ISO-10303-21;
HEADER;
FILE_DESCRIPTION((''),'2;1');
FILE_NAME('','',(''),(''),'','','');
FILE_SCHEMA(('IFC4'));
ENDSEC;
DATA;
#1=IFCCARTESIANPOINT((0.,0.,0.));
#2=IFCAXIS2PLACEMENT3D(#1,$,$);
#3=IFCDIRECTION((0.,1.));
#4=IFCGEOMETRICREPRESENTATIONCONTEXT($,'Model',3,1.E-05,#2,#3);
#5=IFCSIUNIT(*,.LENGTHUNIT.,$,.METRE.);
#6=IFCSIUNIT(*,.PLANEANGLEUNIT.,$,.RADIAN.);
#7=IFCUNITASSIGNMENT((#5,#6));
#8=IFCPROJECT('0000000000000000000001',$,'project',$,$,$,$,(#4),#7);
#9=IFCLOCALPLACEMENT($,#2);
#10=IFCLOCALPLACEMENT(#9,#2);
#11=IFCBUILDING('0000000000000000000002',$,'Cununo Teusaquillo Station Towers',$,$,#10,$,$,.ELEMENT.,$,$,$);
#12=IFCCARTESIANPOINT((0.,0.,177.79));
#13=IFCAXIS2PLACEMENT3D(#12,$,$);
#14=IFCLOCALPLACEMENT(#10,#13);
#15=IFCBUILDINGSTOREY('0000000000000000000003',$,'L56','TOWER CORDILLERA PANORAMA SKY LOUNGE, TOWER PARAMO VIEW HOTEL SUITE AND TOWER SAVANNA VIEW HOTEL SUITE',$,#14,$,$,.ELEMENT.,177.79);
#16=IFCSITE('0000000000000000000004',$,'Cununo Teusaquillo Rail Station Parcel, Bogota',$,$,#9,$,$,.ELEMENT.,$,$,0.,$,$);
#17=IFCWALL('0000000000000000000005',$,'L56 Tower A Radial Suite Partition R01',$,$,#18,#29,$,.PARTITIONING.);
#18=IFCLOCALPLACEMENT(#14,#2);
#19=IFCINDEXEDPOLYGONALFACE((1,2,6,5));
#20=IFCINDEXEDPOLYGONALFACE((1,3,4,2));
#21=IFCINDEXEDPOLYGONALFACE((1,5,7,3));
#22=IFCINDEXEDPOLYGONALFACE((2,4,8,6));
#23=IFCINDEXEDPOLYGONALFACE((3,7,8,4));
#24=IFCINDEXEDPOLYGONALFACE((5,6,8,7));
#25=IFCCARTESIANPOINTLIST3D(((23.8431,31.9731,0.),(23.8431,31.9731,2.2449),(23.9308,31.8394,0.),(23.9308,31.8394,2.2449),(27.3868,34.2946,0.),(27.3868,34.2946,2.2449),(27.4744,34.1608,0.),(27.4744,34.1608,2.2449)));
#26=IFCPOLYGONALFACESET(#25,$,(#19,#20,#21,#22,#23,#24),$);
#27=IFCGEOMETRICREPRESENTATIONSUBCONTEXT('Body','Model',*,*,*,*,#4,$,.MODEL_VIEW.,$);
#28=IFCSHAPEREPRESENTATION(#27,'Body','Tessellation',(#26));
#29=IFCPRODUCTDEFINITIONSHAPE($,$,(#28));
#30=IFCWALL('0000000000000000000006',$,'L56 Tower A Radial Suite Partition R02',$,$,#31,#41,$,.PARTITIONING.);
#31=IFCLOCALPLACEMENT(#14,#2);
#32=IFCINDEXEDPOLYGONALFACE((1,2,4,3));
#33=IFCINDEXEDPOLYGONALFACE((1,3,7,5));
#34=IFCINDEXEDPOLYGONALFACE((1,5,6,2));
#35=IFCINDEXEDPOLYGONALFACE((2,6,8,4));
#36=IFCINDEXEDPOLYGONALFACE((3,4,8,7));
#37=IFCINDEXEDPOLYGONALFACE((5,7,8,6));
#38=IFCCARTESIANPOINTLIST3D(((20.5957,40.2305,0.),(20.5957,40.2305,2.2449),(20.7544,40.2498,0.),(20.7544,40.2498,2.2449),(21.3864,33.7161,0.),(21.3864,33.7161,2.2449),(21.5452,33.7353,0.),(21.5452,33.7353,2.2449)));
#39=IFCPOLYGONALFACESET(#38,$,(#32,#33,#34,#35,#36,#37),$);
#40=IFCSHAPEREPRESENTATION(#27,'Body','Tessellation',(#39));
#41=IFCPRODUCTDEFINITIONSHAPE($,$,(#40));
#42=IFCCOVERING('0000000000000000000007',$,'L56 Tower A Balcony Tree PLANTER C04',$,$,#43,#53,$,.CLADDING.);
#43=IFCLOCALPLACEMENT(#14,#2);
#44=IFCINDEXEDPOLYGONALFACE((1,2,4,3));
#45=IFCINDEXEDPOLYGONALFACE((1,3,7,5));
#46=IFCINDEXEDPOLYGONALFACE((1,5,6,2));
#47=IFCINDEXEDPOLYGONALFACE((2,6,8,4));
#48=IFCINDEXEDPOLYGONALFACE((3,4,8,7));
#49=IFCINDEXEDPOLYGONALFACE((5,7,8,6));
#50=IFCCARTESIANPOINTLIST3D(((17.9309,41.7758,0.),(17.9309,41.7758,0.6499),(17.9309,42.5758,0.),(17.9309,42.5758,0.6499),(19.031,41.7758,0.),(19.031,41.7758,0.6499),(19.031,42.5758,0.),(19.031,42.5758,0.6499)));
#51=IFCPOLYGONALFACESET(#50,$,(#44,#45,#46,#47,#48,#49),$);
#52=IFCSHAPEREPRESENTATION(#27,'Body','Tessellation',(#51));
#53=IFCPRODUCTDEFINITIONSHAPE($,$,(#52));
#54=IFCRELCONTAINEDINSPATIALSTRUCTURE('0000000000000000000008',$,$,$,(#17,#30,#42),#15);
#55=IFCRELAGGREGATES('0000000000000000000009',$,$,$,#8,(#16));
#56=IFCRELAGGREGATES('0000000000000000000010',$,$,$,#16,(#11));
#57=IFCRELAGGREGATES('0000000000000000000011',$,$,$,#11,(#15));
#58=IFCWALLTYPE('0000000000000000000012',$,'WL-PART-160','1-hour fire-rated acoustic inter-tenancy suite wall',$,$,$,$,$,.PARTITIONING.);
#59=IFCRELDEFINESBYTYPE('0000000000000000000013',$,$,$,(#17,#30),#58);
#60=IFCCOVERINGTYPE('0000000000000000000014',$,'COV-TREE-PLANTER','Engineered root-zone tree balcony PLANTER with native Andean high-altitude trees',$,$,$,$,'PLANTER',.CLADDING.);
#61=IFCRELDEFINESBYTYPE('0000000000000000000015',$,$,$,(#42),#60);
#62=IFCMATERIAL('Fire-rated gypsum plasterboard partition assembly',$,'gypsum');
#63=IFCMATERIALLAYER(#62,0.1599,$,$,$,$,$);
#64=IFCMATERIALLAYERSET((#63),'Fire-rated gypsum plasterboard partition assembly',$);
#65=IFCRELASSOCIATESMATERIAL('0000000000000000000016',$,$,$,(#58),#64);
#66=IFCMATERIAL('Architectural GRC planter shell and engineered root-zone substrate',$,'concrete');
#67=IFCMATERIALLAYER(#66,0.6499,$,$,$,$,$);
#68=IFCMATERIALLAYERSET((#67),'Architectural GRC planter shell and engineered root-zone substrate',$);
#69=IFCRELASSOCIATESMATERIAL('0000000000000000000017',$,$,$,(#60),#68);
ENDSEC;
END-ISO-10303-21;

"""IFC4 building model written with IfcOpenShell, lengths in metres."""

from ifc_helpers import new_model, si_unit, direction, frame, frame_2d, origin, origin_2d, place, context, subcontext, project, spatial, rectangle, extrude, source, transform, mapped, material, layer, layer_set, type_object, element, save


model = new_model("IFC4")

# Units and contexts
model_context = context("Model", 3, precision=1e-05, world=origin(), true_north=direction((0.0, 1.0)))
body_context = subcontext(model_context, "Body", "Model", "MODEL_VIEW")
ifc_project = project(units=[si_unit("LENGTHUNIT", "METRE"), si_unit("PLANEANGLEUNIT", "RADIAN")], contexts=[model_context])

# Site, building, storey
site_placement = place(None, origin())
site = spatial("IfcSite", under=ifc_project, at=site_placement, Name="Cununo Teusaquillo Rail Station Parcel, Bogota", CompositionType="ELEMENT", RefElevation=0.0)
building_placement = place(site_placement, origin())
building = spatial("IfcBuilding", under=site, at=building_placement, Name="Cununo Teusaquillo Station Towers", CompositionType="ELEMENT")
storey_placement = place(building_placement, frame((0.0, 0.0, 177.79)))
storey = spatial("IfcBuildingStorey", under=building, at=storey_placement, Name="L56", Description="TOWER CORDILLERA PANORAMA SKY LOUNGE, TOWER PARAMO VIEW HOTEL SUITE AND TOWER SAVANNA VIEW HOTEL SUITE", CompositionType="ELEMENT", Elevation=177.79)

# Walls
ifc_material_1 = material(Name="Fire-rated gypsum plasterboard partition assembly", Category="gypsum")
ifc_layer_1 = layer(ifc_material_1, 0.1599)
ifc_layer_set_1 = layer_set([ifc_layer_1], Name="Fire-rated gypsum plasterboard partition assembly")
wall_type_1 = type_object("IfcWallType", Name="WL-PART-160", Description="1-hour fire-rated acoustic inter-tenancy suite wall", PredefinedType="PARTITIONING", material=ifc_layer_set_1)
wall_1_placement = place(storey_placement, frame((23.887, 31.9062, 0.0), z_axis=(0.0, 0.0, 1.0), x_axis=(0.836483, 0.547993, 0.0)))
element("IfcWall", 1, at=wall_1_placement, inside=storey, type_object=wall_type_1, Name="L56 Tower A Radial Suite Partition R01", PredefinedType="PARTITIONING", context=body_context, shape_type="SweptSolid", body=[
    extrude(rectangle(XDim=4.2363, YDim=0.1599, at=frame_2d((2.1182, 0.0))), origin(), (0.0, 0.0, 1.0), 2.2449),
])
wall_2_placement = place(storey_placement, frame((21.4658, 33.7256, 0.0), z_axis=(0.0, 0.0, 1.0), x_axis=(-0.120504, 0.992713, 0.0)))
element("IfcWall", 2, at=wall_2_placement, inside=storey, type_object=wall_type_1, Name="L56 Tower A Radial Suite Partition R02", PredefinedType="PARTITIONING", context=body_context, shape_type="SweptSolid", body=[
    extrude(rectangle(XDim=6.5623, YDim=0.1599, at=frame_2d((3.2812, 0.0))), origin(), (0.0, 0.0, 1.0), 2.2449),
])

# Covering
ifc_material_2 = material(Name="Architectural GRC planter shell and engineered root-zone substrate", Category="concrete")
ifc_layer_2 = layer(ifc_material_2, 0.6499)
ifc_layer_set_2 = layer_set([ifc_layer_2], Name="Architectural GRC planter shell and engineered root-zone substrate")
covering_type = type_object("IfcCoveringType", Name="COV-TREE-PLANTER", Description="Engineered root-zone tree balcony PLANTER with native Andean high-altitude trees", ElementType="PLANTER", PredefinedType="CLADDING", material=ifc_layer_set_2)
shared_shape_1 = source(origin(), body_context, "Body", "SweptSolid", [
    extrude(rectangle(XDim=1.1001, YDim=0.8, at=origin_2d()), origin(), (0.0, 0.0, 1.0), 0.6499),
])
covering_placement = place(storey_placement, frame((18.481, 42.1758, 0.0), z_axis=(0.0, 0.0, 1.0), x_axis=(1.0, 0.0, 0.0)))
element("IfcCovering", 3, at=covering_placement, inside=storey, type_object=covering_type, Name="L56 Tower A Balcony Tree PLANTER C04", PredefinedType="CLADDING", context=body_context, shape_type="MappedRepresentation", body=[
    mapped(shared_shape_1, transform((0.0, 0.0, 0.0), x_axis=(1.0, 0.0, 0.0), y_axis=(0.0, 1.0, 0.0), z_axis=(0.0, 0.0, 1.0), scale=1.0)),
])

save(model, "model.ifc")
